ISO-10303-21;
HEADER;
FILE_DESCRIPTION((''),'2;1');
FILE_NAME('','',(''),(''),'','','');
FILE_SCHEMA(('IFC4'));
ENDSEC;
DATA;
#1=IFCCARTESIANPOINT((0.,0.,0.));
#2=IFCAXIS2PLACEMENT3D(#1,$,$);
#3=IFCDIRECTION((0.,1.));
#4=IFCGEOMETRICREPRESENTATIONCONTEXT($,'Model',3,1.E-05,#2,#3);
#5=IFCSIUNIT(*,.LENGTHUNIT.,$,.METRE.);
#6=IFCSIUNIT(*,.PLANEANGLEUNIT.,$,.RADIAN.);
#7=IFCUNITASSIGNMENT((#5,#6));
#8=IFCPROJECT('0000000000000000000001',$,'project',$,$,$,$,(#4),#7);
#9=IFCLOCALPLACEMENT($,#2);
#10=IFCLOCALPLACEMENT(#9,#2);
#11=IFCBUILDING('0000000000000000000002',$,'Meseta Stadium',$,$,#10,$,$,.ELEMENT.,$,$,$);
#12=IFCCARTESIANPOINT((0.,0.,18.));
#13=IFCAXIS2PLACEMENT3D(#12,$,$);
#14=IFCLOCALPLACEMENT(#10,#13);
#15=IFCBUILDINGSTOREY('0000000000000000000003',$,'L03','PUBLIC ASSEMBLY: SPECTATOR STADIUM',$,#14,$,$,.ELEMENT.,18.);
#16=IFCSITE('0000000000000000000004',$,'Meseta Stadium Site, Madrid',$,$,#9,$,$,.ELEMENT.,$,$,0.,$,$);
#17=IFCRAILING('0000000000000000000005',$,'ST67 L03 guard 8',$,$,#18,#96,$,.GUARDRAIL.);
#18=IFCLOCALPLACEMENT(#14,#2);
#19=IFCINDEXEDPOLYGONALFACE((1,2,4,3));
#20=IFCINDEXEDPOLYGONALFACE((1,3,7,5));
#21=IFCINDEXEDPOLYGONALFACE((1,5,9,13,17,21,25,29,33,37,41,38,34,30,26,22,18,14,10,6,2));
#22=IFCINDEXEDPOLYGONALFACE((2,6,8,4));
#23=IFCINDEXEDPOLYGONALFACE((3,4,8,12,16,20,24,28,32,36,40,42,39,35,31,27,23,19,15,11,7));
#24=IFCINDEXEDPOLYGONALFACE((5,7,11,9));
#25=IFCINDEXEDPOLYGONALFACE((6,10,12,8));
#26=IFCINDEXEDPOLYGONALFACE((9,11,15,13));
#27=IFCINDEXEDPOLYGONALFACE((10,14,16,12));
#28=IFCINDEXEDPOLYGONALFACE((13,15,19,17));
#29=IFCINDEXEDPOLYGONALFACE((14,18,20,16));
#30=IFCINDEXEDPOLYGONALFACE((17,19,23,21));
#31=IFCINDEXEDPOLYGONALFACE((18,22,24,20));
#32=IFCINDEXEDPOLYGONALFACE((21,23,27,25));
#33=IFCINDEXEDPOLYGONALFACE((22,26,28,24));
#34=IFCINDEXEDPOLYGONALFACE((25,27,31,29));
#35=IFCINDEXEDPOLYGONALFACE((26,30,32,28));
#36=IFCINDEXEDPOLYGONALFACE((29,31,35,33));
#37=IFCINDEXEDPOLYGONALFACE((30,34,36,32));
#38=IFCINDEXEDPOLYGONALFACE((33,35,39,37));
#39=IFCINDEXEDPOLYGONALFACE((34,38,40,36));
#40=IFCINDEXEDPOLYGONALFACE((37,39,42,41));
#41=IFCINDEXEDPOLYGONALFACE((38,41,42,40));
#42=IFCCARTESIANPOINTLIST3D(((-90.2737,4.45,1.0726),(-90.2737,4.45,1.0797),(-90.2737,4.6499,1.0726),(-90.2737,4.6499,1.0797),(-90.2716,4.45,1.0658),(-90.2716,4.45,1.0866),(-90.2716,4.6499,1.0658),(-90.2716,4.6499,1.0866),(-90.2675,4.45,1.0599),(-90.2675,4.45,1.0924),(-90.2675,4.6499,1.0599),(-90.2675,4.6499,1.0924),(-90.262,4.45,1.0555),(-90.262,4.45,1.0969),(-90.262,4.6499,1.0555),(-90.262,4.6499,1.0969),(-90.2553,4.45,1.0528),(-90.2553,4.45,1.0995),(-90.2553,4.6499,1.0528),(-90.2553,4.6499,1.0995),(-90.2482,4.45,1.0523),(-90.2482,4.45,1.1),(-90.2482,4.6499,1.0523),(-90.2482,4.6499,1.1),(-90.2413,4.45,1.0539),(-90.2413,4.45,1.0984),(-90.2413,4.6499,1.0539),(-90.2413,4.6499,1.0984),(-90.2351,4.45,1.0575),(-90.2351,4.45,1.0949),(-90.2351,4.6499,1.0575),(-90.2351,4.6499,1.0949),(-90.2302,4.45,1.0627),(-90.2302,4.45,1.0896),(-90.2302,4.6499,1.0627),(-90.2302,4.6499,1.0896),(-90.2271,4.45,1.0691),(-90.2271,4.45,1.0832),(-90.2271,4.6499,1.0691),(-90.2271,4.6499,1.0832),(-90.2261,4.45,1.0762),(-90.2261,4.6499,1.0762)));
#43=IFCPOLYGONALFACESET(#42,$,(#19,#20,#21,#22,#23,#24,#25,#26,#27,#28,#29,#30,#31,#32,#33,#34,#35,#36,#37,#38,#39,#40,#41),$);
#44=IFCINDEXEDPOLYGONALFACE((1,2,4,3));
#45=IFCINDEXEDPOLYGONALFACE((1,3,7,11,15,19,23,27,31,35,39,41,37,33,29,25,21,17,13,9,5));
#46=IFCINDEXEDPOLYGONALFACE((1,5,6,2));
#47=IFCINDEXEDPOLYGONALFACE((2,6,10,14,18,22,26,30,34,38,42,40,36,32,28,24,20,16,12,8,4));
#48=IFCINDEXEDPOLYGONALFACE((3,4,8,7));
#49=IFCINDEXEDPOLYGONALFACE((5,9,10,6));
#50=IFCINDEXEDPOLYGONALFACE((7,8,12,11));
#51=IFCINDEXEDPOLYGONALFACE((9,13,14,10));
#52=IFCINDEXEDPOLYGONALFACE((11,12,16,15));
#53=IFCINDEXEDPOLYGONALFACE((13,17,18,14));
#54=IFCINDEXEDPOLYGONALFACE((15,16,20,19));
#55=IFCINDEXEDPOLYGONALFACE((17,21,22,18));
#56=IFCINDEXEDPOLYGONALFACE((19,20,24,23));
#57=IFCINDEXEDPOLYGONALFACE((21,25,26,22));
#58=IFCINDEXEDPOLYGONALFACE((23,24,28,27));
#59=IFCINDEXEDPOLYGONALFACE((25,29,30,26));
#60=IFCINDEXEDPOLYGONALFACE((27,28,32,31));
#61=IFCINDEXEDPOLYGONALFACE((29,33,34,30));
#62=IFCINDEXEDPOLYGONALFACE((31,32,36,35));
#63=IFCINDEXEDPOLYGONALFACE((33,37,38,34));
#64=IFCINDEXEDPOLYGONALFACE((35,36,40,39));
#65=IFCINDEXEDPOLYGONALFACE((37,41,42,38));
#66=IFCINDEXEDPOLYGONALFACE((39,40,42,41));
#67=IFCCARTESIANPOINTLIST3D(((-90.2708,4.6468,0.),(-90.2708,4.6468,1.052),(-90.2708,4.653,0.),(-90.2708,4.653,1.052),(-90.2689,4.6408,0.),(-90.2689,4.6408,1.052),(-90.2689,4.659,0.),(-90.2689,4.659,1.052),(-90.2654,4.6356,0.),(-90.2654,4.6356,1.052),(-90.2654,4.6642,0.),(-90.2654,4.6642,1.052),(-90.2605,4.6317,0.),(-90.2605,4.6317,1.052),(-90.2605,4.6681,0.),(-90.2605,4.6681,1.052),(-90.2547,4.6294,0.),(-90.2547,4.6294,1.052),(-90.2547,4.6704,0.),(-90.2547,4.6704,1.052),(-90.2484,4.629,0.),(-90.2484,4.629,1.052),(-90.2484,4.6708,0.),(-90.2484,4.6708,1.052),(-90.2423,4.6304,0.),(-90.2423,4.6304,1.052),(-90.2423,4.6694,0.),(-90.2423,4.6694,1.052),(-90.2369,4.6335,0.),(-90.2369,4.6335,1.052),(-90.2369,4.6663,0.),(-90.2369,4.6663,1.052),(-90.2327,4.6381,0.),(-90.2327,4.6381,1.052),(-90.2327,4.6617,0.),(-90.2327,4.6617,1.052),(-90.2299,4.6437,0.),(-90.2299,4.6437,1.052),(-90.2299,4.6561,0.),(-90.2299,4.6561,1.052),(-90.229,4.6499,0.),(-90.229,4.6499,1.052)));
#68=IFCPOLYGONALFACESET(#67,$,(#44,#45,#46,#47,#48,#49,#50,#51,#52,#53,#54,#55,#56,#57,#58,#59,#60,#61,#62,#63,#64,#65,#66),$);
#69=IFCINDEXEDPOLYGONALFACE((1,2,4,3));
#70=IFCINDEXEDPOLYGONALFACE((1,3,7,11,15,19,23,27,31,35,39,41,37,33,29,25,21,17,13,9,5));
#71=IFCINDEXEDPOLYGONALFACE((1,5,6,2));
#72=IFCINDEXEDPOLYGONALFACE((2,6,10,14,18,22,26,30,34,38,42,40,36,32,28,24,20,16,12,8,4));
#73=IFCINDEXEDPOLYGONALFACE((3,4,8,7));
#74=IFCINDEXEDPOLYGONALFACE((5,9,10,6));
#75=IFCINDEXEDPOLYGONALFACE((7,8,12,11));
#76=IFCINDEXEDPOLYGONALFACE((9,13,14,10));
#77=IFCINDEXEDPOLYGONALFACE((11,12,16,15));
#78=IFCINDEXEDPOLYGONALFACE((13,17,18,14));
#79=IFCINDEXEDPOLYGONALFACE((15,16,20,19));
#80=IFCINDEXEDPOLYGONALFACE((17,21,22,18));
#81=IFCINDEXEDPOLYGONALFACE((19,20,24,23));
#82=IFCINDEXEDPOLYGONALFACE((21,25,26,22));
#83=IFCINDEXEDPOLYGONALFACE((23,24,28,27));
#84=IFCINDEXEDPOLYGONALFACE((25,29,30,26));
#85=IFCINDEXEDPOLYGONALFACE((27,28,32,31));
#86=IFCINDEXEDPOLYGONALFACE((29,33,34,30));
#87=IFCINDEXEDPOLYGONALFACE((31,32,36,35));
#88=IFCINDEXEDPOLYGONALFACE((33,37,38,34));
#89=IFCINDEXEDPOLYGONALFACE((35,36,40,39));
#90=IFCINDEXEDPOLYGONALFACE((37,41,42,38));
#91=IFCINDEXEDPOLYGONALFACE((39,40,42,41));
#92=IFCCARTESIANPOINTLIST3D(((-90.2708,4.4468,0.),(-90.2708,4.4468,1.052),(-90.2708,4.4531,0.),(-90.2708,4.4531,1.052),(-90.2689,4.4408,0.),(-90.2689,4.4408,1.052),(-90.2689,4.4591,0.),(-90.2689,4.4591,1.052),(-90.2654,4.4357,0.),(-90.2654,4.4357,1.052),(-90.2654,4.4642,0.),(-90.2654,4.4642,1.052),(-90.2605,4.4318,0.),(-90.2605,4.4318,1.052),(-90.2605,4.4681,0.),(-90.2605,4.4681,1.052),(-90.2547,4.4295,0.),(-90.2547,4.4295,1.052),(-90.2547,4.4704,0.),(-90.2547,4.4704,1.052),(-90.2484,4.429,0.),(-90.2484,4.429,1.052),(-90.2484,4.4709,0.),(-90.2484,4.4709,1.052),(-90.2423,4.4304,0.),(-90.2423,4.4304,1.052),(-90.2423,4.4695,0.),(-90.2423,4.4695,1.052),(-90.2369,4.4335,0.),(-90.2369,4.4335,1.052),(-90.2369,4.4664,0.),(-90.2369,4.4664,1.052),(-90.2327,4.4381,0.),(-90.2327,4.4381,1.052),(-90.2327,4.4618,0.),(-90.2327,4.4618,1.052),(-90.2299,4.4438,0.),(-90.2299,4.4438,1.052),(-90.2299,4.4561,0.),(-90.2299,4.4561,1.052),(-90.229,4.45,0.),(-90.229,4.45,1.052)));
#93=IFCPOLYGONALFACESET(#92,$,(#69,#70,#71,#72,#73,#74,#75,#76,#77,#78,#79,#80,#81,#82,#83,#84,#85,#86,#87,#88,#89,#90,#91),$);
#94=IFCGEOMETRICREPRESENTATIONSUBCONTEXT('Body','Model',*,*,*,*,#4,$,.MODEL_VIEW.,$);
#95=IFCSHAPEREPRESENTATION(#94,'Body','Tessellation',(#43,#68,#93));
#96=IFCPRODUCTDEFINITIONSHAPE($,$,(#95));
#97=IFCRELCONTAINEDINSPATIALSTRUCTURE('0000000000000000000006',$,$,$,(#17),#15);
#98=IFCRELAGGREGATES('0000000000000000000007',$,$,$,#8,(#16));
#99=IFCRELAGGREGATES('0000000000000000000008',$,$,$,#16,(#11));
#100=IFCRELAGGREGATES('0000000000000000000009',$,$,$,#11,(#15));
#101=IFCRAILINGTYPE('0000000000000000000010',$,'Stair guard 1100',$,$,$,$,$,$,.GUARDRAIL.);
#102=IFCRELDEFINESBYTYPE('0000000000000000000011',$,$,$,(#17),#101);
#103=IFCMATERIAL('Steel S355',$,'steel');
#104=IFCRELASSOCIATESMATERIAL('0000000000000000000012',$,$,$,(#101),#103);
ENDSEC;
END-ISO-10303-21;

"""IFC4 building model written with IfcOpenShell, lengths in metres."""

from ifc_helpers import new_model, si_unit, direction, frame, origin, origin_2d, place, context, subcontext, project, spatial, circle, extrude, material, type_object, element, save


model = new_model("IFC4")

# Units and contexts
model_context = context("Model", 3, precision=1e-05, world=origin(), true_north=direction((0.0, 1.0)))
body_context = subcontext(model_context, "Body", "Model", "MODEL_VIEW")
ifc_project = project(units=[si_unit("LENGTHUNIT", "METRE"), si_unit("PLANEANGLEUNIT", "RADIAN")], contexts=[model_context])

# Site, building, storey
site_placement = place(None, origin())
site = spatial("IfcSite", under=ifc_project, at=site_placement, Name="Meseta Stadium Site, Madrid", CompositionType="ELEMENT", RefElevation=0.0)
building_placement = place(site_placement, origin())
building = spatial("IfcBuilding", under=site, at=building_placement, Name="Meseta Stadium", CompositionType="ELEMENT")
storey_placement = place(building_placement, frame((0.0, 0.0, 18.0)))
storey = spatial("IfcBuildingStorey", under=building, at=storey_placement, Name="L03", Description="PUBLIC ASSEMBLY: SPECTATOR STADIUM", CompositionType="ELEMENT", Elevation=18.0)

# Railing
ifc_material_1 = material(Name="Steel S355", Category="steel")
railing_type_1 = type_object("IfcRailingType", Name="Stair guard 1100", PredefinedType="GUARDRAIL", material=ifc_material_1)
railing_1_placement = place(storey_placement, frame((-90.25, 4.6499, 0.0)))
element("IfcRailing", 1, at=railing_1_placement, inside=storey, type_object=railing_type_1, Name="ST67 L03 guard 8", PredefinedType="GUARDRAIL", context=body_context, shape_type="SweptSolid", body=[
    extrude(circle(Radius=0.0239, at=origin_2d()), frame((0.0, 0.0, 1.0762), z_axis=(0.0, -1.0, 0.0), x_axis=(1.0, 0.0, 0.0)), (0.0, 0.0, 1.0), 0.2),
    extrude(circle(Radius=0.021, at=origin_2d()), origin(), (0.0, 0.0, 1.0), 1.052),
    extrude(circle(Radius=0.021, at=origin_2d()), frame((0.0, -0.2, 0.0)), (0.0, 0.0, 1.0), 1.052),
])

save(model, "model.ifc")
